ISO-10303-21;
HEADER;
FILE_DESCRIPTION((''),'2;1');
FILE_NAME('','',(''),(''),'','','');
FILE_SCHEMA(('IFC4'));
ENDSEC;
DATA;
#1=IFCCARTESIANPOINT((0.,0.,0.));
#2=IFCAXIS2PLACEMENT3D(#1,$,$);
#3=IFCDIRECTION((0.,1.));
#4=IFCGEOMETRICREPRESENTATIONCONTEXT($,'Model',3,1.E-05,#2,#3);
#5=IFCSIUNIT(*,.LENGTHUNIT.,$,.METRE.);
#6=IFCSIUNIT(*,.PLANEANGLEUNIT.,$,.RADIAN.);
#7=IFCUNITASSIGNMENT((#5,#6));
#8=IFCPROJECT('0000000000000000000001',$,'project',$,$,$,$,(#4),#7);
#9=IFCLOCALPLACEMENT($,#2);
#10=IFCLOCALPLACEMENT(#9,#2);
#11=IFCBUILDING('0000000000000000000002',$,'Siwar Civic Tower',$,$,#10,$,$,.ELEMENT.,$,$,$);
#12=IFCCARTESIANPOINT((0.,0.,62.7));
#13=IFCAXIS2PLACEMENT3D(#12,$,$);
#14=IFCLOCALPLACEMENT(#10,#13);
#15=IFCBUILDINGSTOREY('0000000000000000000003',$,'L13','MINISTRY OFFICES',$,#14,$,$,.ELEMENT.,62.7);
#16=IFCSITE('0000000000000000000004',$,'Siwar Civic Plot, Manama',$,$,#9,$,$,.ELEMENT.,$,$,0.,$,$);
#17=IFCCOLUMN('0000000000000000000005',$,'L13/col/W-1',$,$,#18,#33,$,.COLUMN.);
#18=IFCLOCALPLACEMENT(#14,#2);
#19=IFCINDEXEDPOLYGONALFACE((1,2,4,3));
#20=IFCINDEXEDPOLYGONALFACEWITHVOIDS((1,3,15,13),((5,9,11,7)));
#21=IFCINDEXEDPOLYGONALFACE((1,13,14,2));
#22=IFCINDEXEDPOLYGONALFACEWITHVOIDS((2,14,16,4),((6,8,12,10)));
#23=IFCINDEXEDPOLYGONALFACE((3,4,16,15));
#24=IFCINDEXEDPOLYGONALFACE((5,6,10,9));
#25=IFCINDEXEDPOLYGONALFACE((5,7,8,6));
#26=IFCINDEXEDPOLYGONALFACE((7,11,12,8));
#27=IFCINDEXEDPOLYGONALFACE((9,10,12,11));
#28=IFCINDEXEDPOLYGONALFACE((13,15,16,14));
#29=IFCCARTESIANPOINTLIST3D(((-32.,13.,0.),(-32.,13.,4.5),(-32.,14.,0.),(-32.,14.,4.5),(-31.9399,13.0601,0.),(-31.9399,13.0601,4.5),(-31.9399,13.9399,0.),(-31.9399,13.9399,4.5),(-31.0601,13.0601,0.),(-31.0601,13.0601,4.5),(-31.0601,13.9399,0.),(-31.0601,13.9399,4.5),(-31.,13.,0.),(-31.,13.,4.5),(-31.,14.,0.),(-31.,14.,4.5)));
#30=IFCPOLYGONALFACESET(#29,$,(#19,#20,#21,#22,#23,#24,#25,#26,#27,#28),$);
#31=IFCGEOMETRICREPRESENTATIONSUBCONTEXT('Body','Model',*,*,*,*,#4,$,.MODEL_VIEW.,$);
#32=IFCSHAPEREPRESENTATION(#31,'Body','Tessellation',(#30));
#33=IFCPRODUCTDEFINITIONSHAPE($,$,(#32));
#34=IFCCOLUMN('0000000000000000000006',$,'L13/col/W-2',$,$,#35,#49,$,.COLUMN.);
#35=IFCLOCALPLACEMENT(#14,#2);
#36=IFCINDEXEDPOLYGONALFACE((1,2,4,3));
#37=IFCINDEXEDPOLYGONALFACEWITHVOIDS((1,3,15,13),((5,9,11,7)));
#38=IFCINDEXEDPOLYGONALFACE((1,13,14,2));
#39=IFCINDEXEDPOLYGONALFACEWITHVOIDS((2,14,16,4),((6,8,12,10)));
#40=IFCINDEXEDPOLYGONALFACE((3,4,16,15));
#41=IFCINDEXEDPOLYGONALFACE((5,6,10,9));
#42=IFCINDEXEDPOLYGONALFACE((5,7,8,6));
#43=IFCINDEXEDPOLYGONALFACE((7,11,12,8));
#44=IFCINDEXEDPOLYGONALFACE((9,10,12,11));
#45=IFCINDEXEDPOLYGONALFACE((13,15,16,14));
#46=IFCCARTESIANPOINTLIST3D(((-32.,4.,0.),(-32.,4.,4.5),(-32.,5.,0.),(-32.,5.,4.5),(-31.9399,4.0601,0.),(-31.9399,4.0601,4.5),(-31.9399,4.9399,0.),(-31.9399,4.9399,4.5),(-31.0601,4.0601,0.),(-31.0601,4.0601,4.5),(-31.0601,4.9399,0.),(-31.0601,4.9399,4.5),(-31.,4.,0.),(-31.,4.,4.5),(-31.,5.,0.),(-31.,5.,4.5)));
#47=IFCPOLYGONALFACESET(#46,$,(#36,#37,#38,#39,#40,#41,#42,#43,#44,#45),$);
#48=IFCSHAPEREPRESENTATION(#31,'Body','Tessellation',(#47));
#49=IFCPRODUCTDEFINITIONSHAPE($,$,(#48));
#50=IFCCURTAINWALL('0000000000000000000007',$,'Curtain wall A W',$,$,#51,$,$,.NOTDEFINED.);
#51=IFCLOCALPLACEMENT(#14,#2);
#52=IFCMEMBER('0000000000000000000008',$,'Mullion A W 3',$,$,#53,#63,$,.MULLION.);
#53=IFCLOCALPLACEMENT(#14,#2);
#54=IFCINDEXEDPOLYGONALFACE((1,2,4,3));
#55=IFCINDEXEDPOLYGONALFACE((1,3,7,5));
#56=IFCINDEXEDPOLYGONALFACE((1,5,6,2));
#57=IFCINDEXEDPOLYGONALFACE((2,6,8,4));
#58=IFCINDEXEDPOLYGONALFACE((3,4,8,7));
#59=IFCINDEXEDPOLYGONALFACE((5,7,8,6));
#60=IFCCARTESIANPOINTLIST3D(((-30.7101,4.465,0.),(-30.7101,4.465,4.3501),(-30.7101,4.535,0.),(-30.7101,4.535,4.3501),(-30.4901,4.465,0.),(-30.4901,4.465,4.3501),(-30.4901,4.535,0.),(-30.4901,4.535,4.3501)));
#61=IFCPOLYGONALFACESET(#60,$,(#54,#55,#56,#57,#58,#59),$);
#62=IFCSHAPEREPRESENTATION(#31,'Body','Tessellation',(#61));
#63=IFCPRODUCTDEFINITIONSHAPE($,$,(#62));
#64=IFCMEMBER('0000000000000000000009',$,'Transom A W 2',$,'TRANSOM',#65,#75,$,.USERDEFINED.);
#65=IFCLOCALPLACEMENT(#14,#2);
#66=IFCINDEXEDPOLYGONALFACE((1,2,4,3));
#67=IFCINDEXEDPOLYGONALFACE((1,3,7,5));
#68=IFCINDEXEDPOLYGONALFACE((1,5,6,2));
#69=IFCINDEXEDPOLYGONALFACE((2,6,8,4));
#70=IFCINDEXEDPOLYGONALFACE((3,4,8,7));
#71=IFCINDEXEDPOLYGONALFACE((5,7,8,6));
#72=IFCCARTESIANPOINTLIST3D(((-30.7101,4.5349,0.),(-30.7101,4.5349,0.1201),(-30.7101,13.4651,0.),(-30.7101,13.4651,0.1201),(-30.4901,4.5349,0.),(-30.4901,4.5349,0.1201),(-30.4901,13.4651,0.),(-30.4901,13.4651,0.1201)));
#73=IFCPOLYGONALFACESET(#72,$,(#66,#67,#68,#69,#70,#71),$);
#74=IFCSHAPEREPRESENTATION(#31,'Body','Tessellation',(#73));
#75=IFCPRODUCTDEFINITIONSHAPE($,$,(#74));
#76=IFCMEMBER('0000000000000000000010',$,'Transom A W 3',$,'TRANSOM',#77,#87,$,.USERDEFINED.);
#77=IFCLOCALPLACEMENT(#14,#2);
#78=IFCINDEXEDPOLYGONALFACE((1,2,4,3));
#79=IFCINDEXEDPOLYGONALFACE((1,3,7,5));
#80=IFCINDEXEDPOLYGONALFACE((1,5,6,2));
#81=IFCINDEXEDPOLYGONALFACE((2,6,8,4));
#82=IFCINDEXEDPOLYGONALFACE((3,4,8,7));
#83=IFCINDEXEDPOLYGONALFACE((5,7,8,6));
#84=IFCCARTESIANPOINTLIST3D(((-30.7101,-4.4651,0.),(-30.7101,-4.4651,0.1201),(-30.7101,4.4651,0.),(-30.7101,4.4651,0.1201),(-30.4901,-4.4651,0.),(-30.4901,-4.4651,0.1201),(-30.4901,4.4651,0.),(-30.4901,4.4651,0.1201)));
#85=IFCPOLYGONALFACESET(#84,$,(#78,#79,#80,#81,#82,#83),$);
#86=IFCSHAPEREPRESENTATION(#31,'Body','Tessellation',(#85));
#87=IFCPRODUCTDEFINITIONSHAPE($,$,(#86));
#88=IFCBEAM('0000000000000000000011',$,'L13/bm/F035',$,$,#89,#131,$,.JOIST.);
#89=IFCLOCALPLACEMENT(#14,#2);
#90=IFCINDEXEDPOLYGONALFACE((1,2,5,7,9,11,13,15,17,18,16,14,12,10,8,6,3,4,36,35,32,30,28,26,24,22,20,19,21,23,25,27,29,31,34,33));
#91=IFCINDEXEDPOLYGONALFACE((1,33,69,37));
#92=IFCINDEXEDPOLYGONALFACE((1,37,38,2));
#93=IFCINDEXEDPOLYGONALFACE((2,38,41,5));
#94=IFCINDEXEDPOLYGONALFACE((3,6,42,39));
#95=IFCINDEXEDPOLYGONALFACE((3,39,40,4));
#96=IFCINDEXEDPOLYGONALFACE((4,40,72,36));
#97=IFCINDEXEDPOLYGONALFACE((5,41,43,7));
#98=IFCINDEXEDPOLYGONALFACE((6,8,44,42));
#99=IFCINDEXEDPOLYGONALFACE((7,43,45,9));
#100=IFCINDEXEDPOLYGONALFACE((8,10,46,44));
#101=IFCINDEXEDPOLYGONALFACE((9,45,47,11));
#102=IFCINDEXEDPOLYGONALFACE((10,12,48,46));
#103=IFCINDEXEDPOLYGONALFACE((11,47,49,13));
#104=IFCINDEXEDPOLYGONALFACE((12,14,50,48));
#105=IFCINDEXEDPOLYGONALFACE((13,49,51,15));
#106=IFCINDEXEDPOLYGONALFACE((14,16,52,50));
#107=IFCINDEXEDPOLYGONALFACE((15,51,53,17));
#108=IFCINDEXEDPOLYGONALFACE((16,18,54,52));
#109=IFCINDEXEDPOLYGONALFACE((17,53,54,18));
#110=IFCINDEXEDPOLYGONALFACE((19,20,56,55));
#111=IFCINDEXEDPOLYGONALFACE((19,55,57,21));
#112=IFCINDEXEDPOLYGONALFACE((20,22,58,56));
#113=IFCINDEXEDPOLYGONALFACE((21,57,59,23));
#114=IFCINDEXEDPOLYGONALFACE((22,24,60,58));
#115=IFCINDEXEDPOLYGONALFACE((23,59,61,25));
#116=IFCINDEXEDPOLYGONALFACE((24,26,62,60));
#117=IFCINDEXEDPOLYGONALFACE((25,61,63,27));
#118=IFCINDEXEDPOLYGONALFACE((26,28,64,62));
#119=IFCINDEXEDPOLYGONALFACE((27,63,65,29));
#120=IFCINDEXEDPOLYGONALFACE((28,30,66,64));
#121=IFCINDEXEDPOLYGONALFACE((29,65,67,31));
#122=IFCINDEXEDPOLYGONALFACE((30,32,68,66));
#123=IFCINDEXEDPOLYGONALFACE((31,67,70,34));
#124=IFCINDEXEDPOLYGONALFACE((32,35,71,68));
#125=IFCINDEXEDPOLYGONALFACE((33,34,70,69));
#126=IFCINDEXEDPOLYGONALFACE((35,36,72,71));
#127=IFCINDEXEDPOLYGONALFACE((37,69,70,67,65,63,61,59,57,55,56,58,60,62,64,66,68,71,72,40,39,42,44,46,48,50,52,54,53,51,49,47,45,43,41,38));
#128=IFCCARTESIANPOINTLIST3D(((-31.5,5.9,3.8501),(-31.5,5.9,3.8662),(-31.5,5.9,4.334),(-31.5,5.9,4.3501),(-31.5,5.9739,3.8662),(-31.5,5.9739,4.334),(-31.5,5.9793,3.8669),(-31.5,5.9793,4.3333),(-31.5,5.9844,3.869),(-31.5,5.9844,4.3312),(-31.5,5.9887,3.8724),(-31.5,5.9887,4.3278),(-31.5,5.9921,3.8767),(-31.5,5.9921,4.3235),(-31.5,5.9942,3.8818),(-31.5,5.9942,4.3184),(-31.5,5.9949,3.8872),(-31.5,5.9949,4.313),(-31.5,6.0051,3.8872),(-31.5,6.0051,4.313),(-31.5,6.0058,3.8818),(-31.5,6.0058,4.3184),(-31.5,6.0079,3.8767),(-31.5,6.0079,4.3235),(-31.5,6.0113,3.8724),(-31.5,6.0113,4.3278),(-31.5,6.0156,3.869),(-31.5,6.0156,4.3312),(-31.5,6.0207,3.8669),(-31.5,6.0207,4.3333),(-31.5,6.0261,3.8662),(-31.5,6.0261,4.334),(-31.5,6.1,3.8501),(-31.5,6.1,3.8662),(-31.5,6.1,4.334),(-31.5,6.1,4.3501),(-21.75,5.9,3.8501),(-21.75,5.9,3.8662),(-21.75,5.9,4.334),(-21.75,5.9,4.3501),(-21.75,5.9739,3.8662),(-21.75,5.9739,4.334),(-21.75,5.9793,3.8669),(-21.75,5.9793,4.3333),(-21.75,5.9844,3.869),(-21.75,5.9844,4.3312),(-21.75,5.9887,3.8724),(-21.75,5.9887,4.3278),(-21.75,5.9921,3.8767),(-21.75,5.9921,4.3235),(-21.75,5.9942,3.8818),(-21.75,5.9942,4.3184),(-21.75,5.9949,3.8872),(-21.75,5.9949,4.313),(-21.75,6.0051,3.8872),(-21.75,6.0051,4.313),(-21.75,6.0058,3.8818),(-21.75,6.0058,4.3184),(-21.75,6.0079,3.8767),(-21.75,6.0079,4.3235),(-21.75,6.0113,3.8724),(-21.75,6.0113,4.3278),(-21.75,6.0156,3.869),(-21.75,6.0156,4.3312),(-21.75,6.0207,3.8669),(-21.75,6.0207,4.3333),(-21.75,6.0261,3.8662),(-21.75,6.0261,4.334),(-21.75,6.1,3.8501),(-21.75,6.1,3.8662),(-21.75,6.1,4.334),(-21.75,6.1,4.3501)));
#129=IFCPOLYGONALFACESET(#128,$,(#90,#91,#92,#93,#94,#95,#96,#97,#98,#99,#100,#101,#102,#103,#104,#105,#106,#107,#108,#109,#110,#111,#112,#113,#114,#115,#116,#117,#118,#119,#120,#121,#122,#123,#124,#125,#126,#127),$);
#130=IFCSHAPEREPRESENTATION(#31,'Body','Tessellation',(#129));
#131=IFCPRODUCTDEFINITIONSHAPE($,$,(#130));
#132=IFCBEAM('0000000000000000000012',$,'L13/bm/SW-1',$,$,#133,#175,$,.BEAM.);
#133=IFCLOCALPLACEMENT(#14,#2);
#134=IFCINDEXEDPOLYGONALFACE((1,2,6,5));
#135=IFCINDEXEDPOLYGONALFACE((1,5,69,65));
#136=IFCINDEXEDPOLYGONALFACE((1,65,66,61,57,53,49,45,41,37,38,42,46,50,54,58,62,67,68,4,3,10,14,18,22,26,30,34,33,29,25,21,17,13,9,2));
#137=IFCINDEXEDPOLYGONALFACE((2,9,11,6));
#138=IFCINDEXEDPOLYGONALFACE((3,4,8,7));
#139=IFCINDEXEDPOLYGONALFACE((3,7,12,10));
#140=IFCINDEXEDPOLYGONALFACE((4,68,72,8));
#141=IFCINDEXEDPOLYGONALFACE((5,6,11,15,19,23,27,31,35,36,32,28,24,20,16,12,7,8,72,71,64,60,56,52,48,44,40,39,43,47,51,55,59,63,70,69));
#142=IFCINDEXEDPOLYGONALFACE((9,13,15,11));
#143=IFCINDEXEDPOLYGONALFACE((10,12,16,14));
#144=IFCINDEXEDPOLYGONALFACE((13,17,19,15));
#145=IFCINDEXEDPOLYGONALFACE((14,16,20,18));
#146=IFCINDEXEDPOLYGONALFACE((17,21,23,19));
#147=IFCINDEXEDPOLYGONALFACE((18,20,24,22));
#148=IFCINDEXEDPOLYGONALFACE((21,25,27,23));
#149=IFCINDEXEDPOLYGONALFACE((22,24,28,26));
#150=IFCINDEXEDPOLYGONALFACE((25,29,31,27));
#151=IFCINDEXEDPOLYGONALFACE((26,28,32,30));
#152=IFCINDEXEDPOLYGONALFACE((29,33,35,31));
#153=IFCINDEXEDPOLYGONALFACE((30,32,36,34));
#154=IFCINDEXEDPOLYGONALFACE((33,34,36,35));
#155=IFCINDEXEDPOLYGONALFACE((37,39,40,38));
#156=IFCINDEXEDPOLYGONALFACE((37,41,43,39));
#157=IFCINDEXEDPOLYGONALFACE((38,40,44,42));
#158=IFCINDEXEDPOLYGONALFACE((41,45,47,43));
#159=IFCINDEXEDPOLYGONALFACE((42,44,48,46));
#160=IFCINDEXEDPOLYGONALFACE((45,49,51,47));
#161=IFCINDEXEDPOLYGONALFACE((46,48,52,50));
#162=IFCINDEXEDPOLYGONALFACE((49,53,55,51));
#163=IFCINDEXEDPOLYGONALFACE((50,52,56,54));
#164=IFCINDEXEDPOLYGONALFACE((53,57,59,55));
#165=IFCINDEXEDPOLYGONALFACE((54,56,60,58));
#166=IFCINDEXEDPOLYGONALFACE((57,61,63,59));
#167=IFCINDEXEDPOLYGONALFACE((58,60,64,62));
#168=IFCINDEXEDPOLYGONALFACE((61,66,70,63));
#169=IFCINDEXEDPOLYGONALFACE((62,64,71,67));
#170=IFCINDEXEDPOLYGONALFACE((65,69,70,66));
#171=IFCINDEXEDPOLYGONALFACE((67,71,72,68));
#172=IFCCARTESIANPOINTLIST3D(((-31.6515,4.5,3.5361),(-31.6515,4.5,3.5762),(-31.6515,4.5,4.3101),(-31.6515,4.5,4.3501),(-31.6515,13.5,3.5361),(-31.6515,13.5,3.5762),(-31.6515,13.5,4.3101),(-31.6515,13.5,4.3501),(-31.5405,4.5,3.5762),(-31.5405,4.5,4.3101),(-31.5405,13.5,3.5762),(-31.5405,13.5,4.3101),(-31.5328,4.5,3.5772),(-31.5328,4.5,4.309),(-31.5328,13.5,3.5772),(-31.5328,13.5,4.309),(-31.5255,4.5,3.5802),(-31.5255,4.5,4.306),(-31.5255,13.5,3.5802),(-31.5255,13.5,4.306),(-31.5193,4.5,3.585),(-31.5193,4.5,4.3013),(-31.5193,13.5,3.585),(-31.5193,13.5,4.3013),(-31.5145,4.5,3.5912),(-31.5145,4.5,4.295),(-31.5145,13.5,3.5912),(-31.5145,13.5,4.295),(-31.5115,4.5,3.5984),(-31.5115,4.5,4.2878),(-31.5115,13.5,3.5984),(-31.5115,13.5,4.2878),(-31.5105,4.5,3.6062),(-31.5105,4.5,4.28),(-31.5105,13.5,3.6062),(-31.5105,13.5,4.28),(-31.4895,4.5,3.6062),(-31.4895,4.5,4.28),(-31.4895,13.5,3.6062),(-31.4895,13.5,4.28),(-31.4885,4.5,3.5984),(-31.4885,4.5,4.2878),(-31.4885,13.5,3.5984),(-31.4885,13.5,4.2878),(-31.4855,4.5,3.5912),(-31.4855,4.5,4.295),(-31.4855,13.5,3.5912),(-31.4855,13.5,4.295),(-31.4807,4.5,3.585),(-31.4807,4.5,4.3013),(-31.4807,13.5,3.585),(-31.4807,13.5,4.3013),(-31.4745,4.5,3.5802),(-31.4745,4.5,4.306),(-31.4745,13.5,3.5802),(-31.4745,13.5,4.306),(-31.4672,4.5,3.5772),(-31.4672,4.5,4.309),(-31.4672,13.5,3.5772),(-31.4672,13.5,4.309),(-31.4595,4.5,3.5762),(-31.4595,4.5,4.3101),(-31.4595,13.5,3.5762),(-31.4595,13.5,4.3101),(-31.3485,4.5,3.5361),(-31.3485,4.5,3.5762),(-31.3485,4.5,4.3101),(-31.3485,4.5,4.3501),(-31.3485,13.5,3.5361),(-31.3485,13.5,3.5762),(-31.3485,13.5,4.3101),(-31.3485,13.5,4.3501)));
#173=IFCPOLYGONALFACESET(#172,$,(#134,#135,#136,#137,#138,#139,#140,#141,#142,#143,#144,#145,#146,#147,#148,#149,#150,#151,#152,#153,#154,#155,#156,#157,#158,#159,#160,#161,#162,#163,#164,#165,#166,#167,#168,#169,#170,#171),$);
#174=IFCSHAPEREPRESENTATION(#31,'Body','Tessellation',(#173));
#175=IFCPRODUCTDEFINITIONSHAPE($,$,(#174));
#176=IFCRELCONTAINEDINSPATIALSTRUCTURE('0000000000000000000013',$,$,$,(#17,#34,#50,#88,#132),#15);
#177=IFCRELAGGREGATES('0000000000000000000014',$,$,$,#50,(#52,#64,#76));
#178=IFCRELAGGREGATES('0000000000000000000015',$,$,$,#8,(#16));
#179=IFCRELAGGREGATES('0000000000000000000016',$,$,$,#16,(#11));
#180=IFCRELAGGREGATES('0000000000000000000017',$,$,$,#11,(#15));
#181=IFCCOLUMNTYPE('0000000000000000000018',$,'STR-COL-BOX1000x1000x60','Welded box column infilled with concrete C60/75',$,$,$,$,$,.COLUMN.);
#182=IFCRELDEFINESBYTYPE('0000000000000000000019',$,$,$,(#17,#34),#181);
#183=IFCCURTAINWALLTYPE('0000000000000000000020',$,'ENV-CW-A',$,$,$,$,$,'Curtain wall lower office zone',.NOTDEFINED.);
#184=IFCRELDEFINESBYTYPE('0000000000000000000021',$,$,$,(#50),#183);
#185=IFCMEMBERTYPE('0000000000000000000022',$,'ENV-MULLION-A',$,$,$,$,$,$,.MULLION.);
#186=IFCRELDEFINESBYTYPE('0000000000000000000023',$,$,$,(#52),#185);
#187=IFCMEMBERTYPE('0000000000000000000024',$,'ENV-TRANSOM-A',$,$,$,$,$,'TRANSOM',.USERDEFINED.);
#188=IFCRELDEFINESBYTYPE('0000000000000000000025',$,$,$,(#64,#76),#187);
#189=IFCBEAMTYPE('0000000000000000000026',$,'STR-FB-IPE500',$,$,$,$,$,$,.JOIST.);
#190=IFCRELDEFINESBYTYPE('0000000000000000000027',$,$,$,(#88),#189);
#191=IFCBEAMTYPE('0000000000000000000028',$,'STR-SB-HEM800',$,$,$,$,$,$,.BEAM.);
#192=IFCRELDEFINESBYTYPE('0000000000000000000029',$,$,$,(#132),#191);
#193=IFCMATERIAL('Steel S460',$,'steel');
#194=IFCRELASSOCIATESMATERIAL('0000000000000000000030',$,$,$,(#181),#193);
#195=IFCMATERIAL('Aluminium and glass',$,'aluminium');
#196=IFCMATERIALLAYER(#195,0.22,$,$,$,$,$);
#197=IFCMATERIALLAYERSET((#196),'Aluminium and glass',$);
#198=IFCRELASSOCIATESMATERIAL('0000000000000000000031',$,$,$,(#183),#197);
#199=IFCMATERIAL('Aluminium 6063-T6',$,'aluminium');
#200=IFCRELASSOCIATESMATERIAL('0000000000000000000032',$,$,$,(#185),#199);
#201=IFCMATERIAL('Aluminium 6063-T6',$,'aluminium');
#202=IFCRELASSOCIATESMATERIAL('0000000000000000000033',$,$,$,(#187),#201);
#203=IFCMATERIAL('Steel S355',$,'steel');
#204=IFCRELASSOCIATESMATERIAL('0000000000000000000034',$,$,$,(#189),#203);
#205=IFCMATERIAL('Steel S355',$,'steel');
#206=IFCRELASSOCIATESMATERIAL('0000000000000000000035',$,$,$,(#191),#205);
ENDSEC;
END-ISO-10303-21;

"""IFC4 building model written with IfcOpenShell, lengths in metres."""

from ifc_helpers import new_model, si_unit, direction, frame, origin, origin_2d, place, context, subcontext, project, spatial, rectangle, hollow_rectangle, i_section, extrude, material, layer, layer_set, material_profile, profile_set, type_object, element, aggregate, save


model = new_model("IFC4")

# Units and contexts
model_context = context("Model", 3, precision=1e-05, world=origin(), true_north=direction((0.0, 1.0)))
body_context = subcontext(model_context, "Body", "Model", "MODEL_VIEW")
ifc_project = project(units=[si_unit("LENGTHUNIT", "METRE"), si_unit("PLANEANGLEUNIT", "RADIAN")], contexts=[model_context])

# Site, building, storey
site_placement = place(None, origin())
site = spatial("IfcSite", under=ifc_project, at=site_placement, Name="Siwar Civic Plot, Manama", CompositionType="ELEMENT", RefElevation=0.0)
building_placement = place(site_placement, origin())
building = spatial("IfcBuilding", under=site, at=building_placement, Name="Siwar Civic Tower", CompositionType="ELEMENT")
storey_placement = place(building_placement, frame((0.0, 0.0, 62.7)))
storey = spatial("IfcBuildingStorey", under=building, at=storey_placement, Name="L13", Description="MINISTRY OFFICES", CompositionType="ELEMENT", Elevation=62.7)

# Columns
ifc_material_1 = material(Name="Steel S460", Category="steel")
ifc_material_profile_1 = material_profile(ifc_material_1, hollow_rectangle(XDim=1.0, YDim=1.0, WallThickness=0.0601, at=origin_2d()), Name="BOX1000x1000x60")
ifc_profile_set_1 = profile_set([ifc_material_profile_1], Name="Steel S460")
column_type = type_object("IfcColumnType", Name="STR-COL-BOX1000x1000x60", Description="Welded box column infilled with concrete C60/75", PredefinedType="COLUMN", material=ifc_profile_set_1)
for number, where, z_axis, x_axis, name in (
    (1, (-31.5, 13.5, 0.0), (0.0, 0.0, 1.0), (1.0, 0.0, 0.0), "L13/col/W-1"),
    (2, (-31.5, 4.5, 0.0), (0.0, 0.0, 1.0), (1.0, 0.0, 0.0), "L13/col/W-2"),
):
    element("IfcColumn", number, at=place(storey_placement, frame(where, z_axis=z_axis, x_axis=x_axis)), inside=storey, type_object=column_type, Name=name, PredefinedType="COLUMN", context=body_context, shape_type="SweptSolid", body=[
        extrude(hollow_rectangle(XDim=1.0, YDim=1.0, WallThickness=0.0601, at=origin_2d()), origin(), (0.0, 0.0, 1.0), 4.5),
    ])

# Curtain wall, members
ifc_material_2 = material(Name="Aluminium and glass", Category="aluminium")
ifc_layer_1 = layer(ifc_material_2, 0.22)
ifc_layer_set_1 = layer_set([ifc_layer_1], Name="Aluminium and glass")
curtain_wall_type = type_object("IfcCurtainWallType", Name="ENV-CW-A", ElementType="Curtain wall lower office zone", PredefinedType="NOTDEFINED", material=ifc_layer_set_1)
curtain_wall_placement = place(storey_placement, origin())
curtain_wall = element("IfcCurtainWall", 3, at=curtain_wall_placement, inside=storey, type_object=curtain_wall_type, Name="Curtain wall A W", PredefinedType="NOTDEFINED")
ifc_material_3 = material(Name="Aluminium 6063-T6", Category="aluminium")
ifc_material_profile_2 = material_profile(ifc_material_3, rectangle(XDim=0.22, YDim=0.0701, at=origin_2d()), Name="AL 220x70")
ifc_profile_set_2 = profile_set([ifc_material_profile_2], Name="Aluminium 6063-T6")
member_type_1 = type_object("IfcMemberType", Name="ENV-MULLION-A", PredefinedType="MULLION", material=ifc_profile_set_2)
member_1_placement = place(storey_placement, frame((-30.6001, 4.5, 0.0), z_axis=(0.0, 0.0, 1.0), x_axis=(1.0, 0.0, 0.0)))
member_1 = element("IfcMember", 4, at=member_1_placement, type_object=member_type_1, Name="Mullion A W 3", PredefinedType="MULLION", context=body_context, shape_type="SweptSolid", body=[
    extrude(rectangle(XDim=0.22, YDim=0.0701, at=origin_2d()), origin(), (0.0, 0.0, 1.0), 4.3501),
])
ifc_material_4 = material(Name="Aluminium 6063-T6", Category="aluminium")
ifc_material_profile_3 = material_profile(ifc_material_4, rectangle(XDim=0.22, YDim=0.1201, at=origin_2d()), Name="AL 220x120")
ifc_profile_set_3 = profile_set([ifc_material_profile_3], Name="Aluminium 6063-T6")
member_type_2 = type_object("IfcMemberType", Name="ENV-TRANSOM-A", ElementType="TRANSOM", PredefinedType="USERDEFINED", material=ifc_profile_set_3)
member_2_placement = place(storey_placement, frame((-30.6001, 13.4651, 0.0601), z_axis=(0.0, -1.0, 0.0), x_axis=(1.0, 0.0, 0.0)))
member_2 = element("IfcMember", 5, at=member_2_placement, type_object=member_type_2, Name="Transom A W 2", ObjectType="TRANSOM", PredefinedType="USERDEFINED", context=body_context, shape_type="SweptSolid", body=[
    extrude(rectangle(XDim=0.22, YDim=0.1201, at=origin_2d()), origin(), (0.0, 0.0, 1.0), 8.9302),
])
member_3_placement = place(storey_placement, frame((-30.6001, 4.4651, 0.0601), z_axis=(0.0, -1.0, 0.0), x_axis=(1.0, 0.0, 0.0)))
member_3 = element("IfcMember", 6, at=member_3_placement, type_object=member_type_2, Name="Transom A W 3", ObjectType="TRANSOM", PredefinedType="USERDEFINED", context=body_context, shape_type="SweptSolid", body=[
    extrude(rectangle(XDim=0.22, YDim=0.1201, at=origin_2d()), origin(), (0.0, 0.0, 1.0), 8.9302),
])

# Beams
ifc_material_5 = material(Name="Steel S355", Category="steel")
ifc_material_profile_4 = material_profile(ifc_material_5, i_section(OverallWidth=0.2, OverallDepth=0.5, WebThickness=0.0103, FlangeThickness=0.0161, FilletRadius=0.021, at=origin_2d()), Name="IPE500")
ifc_profile_set_4 = profile_set([ifc_material_profile_4], Name="Steel S355")
beam_type_1 = type_object("IfcBeamType", Name="STR-FB-IPE500", PredefinedType="JOIST", material=ifc_profile_set_4)
beam_placement = place(storey_placement, frame((-31.5, 6.0, 4.1001), z_axis=(1.0, 0.0, 0.0), x_axis=(0.0, 1.0, 0.0)))
element("IfcBeam", 7, at=beam_placement, inside=storey, type_object=beam_type_1, Name="L13/bm/F035", PredefinedType="JOIST", context=body_context, shape_type="SweptSolid", body=[
    extrude(i_section(OverallWidth=0.2, OverallDepth=0.5, WebThickness=0.0103, FlangeThickness=0.0161, FilletRadius=0.021, at=origin_2d()), origin(), (0.0, 0.0, 1.0), 9.75),
])
ifc_material_6 = material(Name="Steel S355", Category="steel")
ifc_material_profile_5 = material_profile(ifc_material_6, i_section(OverallWidth=0.303, OverallDepth=0.814, WebThickness=0.021, FlangeThickness=0.04, FilletRadius=0.03, at=origin_2d()), Name="HEM800")
ifc_profile_set_5 = profile_set([ifc_material_profile_5], Name="Steel S355")
beam_type_2 = type_object("IfcBeamType", Name="STR-SB-HEM800", PredefinedType="BEAM", material=ifc_profile_set_5)
for number, where, z_axis, x_axis, name in (
    (8, (-31.5, 13.5, 3.9431), (0.0, -1.0, 0.0), (1.0, 0.0, 0.0), "L13/bm/SW-1"),
):
    element("IfcBeam", number, at=place(storey_placement, frame(where, z_axis=z_axis, x_axis=x_axis)), inside=storey, type_object=beam_type_2, Name=name, PredefinedType="BEAM", context=body_context, shape_type="SweptSolid", body=[
        extrude(i_section(OverallWidth=0.303, OverallDepth=0.814, WebThickness=0.021, FlangeThickness=0.04, FilletRadius=0.03, at=origin_2d()), origin(), (0.0, 0.0, 1.0), 9.0),
    ])

aggregate(curtain_wall, [member_1, member_2, member_3])

save(model, "model.ifc")
